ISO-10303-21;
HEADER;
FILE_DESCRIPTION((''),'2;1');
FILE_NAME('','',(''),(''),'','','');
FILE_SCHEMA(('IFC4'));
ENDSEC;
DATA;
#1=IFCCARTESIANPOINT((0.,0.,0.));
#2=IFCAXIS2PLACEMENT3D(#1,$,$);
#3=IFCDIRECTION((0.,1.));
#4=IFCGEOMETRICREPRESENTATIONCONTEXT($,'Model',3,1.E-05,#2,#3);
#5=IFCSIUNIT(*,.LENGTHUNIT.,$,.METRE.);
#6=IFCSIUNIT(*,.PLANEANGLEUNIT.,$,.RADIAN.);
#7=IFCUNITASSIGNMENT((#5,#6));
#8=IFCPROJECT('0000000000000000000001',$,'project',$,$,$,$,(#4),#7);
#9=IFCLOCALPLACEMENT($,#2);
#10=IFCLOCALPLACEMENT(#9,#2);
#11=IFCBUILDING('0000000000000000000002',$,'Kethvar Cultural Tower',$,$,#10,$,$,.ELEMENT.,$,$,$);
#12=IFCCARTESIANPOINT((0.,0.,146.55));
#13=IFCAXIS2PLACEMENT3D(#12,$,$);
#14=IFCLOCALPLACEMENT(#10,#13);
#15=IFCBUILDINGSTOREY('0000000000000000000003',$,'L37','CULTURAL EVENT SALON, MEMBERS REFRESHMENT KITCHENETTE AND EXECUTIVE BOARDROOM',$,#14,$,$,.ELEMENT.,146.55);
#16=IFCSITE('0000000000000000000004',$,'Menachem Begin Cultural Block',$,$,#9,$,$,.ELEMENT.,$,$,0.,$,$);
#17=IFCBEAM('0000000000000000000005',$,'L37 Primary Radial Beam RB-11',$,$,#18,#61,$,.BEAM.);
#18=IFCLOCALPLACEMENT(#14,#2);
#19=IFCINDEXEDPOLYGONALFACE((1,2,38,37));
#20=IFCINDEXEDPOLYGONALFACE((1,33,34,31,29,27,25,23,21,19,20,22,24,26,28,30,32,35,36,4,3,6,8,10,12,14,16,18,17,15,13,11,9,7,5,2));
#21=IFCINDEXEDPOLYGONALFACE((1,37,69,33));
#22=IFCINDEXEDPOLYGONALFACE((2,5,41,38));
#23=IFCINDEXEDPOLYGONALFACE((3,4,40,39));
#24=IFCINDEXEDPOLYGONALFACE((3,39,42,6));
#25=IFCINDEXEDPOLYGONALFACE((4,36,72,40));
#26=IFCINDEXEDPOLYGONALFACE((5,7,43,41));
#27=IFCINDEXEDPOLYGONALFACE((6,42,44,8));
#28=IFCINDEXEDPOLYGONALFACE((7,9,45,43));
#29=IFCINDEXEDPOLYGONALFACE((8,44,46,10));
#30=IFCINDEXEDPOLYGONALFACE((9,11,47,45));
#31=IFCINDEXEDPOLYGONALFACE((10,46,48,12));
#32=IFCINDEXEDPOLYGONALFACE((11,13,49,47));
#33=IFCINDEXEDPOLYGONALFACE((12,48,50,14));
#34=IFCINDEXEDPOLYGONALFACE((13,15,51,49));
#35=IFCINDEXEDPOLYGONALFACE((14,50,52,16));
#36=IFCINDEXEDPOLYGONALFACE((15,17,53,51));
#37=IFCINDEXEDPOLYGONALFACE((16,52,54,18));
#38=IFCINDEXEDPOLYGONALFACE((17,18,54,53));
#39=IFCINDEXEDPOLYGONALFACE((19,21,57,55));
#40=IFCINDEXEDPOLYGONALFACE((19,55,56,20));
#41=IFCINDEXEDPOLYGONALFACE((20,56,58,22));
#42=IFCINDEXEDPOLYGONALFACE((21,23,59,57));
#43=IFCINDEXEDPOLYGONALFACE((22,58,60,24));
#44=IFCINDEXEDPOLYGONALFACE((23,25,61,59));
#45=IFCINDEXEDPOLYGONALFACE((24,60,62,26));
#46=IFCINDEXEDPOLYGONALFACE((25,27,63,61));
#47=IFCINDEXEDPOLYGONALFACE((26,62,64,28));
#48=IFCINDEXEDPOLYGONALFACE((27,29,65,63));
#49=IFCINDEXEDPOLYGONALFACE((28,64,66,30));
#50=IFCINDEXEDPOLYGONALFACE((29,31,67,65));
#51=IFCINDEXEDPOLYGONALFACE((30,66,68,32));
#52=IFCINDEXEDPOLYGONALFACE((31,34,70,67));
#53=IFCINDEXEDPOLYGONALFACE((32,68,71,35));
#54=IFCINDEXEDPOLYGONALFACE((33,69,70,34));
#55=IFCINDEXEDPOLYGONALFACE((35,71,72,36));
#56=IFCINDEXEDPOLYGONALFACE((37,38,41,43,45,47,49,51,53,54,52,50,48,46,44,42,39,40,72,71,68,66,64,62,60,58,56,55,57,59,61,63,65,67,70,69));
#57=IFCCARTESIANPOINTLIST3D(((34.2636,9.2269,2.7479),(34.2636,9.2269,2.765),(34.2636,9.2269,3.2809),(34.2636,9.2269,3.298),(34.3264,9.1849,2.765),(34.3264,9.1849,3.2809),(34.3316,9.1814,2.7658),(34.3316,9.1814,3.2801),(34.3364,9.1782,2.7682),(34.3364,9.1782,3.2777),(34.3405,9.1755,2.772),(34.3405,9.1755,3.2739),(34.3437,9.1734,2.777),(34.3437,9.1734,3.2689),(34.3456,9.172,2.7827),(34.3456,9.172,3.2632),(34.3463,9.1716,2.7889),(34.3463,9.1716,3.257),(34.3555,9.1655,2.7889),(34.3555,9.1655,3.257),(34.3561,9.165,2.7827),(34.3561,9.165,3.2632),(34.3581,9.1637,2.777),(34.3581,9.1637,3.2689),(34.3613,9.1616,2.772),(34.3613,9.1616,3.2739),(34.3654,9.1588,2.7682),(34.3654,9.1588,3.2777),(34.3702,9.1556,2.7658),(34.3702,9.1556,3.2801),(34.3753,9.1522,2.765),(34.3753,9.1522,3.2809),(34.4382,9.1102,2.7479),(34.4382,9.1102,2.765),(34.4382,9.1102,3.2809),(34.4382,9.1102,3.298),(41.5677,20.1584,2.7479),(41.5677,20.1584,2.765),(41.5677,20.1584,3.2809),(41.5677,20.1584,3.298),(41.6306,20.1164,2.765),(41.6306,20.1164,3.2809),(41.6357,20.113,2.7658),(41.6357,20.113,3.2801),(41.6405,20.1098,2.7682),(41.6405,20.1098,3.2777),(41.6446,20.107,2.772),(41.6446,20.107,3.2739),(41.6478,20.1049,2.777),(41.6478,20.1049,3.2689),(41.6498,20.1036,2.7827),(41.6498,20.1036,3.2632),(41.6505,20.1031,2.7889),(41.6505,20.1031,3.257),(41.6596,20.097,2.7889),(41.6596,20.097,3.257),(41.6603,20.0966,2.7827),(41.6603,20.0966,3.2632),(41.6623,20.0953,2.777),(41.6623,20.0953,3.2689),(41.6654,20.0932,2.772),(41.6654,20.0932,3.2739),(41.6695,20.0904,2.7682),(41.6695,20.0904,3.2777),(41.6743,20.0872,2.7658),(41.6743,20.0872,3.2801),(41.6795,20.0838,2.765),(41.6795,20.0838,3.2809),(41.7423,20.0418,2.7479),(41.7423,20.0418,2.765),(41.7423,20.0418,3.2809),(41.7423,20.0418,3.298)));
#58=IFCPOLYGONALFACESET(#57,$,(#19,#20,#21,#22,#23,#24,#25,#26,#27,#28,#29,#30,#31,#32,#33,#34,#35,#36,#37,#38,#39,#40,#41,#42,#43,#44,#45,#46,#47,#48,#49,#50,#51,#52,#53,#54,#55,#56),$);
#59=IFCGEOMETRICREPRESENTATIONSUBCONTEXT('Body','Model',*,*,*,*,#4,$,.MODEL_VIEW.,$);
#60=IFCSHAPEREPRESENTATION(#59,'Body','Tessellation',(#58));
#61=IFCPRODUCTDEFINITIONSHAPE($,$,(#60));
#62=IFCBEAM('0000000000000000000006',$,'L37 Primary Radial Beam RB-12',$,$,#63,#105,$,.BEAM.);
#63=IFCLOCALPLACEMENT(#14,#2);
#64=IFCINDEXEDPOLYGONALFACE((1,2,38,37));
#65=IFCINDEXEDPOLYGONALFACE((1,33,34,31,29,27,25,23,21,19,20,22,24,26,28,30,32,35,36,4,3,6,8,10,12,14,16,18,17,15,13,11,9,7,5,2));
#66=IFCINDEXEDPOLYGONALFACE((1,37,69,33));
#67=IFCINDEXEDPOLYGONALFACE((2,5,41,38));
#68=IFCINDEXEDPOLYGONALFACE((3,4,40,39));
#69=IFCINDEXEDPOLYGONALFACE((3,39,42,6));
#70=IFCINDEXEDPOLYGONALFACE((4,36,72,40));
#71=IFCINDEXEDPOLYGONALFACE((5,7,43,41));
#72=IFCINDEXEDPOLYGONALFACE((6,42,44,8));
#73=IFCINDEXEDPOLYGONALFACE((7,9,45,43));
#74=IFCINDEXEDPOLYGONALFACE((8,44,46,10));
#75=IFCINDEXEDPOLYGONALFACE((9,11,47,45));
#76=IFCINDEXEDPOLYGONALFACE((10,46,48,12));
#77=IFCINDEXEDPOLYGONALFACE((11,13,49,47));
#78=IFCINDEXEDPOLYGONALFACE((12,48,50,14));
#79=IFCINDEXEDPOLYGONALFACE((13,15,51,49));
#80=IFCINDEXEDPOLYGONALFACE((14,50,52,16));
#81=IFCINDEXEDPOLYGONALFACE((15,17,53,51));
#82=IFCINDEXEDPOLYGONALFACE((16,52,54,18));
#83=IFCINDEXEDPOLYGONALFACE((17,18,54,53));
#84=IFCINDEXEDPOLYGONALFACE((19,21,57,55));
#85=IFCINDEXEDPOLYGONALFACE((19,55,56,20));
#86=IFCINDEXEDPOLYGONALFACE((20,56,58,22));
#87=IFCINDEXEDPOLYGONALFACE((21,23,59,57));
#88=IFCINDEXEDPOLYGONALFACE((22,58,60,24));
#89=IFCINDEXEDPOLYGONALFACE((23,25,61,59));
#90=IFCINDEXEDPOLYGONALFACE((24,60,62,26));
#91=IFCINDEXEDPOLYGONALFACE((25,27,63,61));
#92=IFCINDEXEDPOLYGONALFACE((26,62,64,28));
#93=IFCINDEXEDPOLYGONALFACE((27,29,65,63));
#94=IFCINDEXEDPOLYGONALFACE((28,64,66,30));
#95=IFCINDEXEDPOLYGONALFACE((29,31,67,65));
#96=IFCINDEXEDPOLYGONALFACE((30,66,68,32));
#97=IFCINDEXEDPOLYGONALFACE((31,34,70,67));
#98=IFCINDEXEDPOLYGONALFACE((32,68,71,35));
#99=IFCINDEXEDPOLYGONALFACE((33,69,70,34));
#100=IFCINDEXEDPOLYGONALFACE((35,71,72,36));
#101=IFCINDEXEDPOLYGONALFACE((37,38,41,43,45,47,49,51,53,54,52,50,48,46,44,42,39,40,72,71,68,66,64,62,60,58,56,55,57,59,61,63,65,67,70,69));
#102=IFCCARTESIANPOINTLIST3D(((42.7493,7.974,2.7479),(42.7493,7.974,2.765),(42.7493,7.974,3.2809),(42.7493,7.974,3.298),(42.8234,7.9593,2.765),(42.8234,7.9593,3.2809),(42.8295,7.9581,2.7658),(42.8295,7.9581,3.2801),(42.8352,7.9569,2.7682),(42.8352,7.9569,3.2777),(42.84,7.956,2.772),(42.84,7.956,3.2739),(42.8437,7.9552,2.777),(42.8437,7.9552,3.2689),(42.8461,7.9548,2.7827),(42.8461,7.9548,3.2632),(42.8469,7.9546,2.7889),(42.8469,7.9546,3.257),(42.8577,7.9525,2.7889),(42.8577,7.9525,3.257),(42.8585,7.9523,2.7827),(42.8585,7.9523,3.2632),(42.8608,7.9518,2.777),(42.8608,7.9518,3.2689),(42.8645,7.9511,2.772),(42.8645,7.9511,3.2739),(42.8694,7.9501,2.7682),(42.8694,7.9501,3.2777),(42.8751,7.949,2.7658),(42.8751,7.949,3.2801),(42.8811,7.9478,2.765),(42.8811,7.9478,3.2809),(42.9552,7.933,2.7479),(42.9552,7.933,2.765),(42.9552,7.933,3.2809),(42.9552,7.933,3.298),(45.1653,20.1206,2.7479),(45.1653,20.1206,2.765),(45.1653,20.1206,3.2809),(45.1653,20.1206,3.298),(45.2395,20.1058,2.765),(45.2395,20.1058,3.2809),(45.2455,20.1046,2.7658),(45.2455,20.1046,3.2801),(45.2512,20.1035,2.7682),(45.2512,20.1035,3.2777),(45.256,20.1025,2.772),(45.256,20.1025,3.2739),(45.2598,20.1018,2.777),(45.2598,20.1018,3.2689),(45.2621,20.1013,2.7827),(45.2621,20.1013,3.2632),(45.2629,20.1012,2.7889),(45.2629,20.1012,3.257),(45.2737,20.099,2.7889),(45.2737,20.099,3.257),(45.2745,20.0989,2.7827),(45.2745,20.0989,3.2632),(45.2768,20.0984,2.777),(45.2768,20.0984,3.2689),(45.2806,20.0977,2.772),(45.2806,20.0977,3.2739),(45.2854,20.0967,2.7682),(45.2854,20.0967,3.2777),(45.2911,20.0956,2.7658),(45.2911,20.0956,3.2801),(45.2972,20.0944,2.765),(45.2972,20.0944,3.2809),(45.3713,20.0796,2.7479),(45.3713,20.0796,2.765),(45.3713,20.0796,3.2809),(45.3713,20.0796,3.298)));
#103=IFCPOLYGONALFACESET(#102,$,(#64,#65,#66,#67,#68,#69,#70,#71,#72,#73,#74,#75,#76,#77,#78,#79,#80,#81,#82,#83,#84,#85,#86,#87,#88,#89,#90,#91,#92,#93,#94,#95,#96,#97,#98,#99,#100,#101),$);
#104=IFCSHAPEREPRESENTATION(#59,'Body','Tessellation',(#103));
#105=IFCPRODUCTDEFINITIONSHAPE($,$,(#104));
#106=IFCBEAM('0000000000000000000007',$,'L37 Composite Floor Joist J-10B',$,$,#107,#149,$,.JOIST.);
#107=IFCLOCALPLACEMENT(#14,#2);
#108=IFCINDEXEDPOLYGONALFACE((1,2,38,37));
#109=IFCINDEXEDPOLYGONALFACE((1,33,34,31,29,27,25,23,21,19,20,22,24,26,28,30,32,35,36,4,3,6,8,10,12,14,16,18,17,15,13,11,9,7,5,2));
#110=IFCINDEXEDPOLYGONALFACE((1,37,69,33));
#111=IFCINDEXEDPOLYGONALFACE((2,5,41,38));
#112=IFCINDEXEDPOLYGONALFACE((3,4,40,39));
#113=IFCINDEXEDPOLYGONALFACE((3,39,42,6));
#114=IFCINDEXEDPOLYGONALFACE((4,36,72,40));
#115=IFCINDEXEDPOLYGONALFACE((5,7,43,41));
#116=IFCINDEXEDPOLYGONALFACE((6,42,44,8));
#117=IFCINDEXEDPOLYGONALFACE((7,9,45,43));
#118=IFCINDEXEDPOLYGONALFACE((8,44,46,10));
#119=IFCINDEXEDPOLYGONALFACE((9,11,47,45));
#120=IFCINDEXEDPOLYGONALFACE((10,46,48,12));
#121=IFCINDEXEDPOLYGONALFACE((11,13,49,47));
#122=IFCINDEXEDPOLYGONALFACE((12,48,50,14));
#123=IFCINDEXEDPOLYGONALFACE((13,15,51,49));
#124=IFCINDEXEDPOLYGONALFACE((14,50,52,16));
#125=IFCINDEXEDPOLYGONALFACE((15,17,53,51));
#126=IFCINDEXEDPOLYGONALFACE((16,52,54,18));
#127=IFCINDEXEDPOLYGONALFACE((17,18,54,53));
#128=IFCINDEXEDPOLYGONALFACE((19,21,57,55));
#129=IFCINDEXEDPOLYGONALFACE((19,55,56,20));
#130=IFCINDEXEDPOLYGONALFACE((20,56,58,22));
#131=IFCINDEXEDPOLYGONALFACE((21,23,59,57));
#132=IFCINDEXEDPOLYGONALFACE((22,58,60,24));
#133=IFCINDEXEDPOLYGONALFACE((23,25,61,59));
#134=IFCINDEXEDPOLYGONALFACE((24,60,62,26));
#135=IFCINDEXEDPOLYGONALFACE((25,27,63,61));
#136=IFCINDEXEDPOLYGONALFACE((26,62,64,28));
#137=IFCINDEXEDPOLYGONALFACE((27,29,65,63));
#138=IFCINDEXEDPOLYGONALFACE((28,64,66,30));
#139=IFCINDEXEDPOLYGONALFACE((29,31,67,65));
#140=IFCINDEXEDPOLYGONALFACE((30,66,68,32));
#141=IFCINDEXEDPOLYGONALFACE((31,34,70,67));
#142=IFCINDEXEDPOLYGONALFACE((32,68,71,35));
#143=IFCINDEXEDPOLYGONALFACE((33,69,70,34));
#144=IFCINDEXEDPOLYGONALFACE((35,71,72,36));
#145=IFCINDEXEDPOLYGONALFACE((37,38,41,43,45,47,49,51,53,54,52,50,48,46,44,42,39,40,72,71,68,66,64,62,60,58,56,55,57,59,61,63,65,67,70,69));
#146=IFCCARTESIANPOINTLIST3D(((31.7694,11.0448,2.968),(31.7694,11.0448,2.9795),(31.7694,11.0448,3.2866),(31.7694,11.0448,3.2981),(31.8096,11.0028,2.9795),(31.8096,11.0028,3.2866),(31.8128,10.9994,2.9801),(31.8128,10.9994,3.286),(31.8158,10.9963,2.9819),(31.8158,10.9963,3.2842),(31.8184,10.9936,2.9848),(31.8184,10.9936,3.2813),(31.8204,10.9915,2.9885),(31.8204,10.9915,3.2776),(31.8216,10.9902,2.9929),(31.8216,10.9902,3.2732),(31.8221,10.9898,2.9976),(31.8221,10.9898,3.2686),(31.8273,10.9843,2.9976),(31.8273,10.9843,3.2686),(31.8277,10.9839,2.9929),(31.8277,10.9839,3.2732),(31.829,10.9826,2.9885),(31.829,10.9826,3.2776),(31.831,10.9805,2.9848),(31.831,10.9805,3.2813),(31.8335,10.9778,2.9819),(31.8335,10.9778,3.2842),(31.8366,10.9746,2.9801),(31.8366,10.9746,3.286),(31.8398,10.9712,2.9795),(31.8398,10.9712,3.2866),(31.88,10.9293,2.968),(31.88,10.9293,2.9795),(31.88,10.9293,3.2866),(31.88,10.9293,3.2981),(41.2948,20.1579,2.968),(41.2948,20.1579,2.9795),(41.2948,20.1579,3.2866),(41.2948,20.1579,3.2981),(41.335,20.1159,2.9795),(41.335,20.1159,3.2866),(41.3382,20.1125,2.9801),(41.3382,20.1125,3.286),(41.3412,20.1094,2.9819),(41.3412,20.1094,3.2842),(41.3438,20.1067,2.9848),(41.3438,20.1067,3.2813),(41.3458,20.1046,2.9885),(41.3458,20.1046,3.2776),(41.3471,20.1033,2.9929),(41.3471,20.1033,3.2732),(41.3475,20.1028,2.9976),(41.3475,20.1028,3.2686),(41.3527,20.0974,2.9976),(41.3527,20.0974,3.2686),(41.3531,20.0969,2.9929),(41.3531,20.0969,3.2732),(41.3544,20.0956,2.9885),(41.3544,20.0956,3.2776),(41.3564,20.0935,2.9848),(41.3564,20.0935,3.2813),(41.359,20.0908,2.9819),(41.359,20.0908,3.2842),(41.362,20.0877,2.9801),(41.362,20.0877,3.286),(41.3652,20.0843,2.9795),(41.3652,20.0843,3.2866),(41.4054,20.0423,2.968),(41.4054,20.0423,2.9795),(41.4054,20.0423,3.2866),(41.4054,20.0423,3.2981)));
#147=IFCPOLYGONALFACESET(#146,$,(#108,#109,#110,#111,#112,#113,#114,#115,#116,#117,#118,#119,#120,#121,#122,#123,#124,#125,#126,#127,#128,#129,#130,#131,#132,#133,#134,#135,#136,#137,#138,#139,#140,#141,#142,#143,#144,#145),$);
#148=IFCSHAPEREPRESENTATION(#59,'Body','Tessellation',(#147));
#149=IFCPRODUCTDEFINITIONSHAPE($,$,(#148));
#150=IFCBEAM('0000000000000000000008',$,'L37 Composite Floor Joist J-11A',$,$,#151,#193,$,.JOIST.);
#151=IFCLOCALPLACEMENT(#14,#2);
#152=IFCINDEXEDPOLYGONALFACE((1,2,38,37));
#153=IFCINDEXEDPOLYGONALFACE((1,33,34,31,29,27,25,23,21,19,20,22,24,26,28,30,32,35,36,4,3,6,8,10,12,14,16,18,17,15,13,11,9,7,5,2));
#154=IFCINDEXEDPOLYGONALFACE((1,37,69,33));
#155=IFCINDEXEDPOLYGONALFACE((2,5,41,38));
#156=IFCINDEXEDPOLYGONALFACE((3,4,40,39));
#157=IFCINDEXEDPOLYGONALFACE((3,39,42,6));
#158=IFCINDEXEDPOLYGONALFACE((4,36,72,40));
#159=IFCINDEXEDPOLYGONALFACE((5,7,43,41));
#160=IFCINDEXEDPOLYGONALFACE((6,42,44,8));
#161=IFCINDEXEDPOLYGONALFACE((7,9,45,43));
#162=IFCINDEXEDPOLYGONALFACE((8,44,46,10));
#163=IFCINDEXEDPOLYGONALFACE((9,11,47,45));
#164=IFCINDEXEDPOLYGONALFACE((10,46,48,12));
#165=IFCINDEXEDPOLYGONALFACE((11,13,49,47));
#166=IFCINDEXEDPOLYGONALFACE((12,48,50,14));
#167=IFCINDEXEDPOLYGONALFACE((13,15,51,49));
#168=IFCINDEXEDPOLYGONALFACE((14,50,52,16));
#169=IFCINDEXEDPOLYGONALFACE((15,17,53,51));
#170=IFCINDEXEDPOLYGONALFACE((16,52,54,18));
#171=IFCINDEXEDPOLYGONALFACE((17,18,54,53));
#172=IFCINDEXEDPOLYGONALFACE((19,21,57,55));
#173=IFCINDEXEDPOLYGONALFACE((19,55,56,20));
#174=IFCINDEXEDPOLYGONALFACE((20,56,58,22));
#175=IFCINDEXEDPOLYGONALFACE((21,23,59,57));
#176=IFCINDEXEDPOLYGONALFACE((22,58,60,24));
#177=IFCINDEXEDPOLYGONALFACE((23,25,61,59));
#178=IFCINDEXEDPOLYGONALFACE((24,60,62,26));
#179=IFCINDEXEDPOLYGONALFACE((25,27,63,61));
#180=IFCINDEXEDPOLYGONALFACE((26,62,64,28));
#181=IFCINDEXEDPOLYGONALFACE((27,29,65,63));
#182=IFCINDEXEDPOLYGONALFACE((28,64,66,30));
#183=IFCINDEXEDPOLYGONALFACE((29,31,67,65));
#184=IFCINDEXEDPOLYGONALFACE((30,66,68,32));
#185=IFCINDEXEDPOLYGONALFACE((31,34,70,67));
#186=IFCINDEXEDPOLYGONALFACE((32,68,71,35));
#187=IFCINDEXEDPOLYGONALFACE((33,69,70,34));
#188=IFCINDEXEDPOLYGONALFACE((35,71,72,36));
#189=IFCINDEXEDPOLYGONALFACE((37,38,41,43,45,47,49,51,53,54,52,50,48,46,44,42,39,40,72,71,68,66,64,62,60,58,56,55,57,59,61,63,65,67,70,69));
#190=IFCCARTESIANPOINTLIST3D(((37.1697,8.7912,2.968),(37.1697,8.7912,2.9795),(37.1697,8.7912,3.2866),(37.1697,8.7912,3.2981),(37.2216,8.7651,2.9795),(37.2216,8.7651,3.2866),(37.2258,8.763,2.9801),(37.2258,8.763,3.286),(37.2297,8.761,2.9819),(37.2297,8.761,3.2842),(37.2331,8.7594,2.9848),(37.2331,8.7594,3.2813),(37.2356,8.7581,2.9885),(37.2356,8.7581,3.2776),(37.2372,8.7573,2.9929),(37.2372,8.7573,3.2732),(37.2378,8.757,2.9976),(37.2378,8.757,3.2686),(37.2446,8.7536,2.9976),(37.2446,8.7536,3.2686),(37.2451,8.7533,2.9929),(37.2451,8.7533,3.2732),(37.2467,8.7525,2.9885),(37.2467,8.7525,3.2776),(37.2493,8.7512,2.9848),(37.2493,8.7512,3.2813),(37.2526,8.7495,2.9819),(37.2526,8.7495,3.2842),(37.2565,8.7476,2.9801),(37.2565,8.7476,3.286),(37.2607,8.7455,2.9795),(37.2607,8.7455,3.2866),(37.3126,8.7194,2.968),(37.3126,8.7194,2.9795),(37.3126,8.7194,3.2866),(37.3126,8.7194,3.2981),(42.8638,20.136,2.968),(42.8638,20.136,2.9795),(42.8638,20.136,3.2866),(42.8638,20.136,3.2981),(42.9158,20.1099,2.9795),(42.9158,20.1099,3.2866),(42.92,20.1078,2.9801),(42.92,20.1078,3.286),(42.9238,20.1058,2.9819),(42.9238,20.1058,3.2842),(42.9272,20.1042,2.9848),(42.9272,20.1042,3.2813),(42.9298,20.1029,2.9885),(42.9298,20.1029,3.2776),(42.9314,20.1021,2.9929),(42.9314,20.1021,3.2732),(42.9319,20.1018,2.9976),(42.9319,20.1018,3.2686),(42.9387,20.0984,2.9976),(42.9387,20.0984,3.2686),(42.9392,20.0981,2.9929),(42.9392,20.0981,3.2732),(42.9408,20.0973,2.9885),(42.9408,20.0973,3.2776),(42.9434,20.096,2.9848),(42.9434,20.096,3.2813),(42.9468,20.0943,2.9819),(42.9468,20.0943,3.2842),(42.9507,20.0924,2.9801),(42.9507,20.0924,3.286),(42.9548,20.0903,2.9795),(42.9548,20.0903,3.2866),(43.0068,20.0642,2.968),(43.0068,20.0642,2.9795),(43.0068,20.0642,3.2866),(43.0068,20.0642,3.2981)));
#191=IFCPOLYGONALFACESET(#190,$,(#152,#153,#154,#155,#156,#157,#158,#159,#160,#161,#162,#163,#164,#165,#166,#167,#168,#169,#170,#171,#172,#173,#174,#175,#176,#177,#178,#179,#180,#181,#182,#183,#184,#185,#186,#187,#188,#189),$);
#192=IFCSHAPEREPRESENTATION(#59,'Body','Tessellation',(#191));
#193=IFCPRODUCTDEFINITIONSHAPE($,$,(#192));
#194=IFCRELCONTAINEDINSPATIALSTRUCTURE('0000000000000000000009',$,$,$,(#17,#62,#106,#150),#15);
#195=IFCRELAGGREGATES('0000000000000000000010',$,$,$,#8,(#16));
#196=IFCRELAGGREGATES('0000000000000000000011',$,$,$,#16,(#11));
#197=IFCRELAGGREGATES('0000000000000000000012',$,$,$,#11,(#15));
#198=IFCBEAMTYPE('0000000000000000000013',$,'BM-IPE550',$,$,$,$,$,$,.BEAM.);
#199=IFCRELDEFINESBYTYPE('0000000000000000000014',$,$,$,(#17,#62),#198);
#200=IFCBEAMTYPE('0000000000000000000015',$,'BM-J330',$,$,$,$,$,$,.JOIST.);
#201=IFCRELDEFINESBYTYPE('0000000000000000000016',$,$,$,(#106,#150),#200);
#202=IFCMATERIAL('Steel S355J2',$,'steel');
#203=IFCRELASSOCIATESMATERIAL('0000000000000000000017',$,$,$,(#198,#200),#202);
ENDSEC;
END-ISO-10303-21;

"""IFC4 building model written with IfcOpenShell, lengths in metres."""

from ifc_helpers import new_model, si_unit, direction, frame, origin, origin_2d, place, context, subcontext, project, spatial, i_section, extrude, source, transform, mapped, material, material_profile, profile_set, type_object, element, save


model = new_model("IFC4")

# Units and contexts
model_context = context("Model", 3, precision=1e-05, world=origin(), true_north=direction((0.0, 1.0)))
body_context = subcontext(model_context, "Body", "Model", "MODEL_VIEW")
ifc_project = project(units=[si_unit("LENGTHUNIT", "METRE"), si_unit("PLANEANGLEUNIT", "RADIAN")], contexts=[model_context])

# Site, building, storey
site_placement = place(None, origin())
site = spatial("IfcSite", under=ifc_project, at=site_placement, Name="Menachem Begin Cultural Block", CompositionType="ELEMENT", RefElevation=0.0)
building_placement = place(site_placement, origin())
building = spatial("IfcBuilding", under=site, at=building_placement, Name="Kethvar Cultural Tower", CompositionType="ELEMENT")
storey_placement = place(building_placement, frame((0.0, 0.0, 146.55)))
storey = spatial("IfcBuildingStorey", under=building, at=storey_placement, Name="L37", Description="CULTURAL EVENT SALON, MEMBERS REFRESHMENT KITCHENETTE AND EXECUTIVE BOARDROOM", CompositionType="ELEMENT", Elevation=146.55)

# Beams
ifc_material_1 = material(Name="Steel S355J2", Category="steel")
ifc_material_profile_1 = material_profile(ifc_material_1, i_section(OverallWidth=0.21, OverallDepth=0.55, WebThickness=0.011, FlangeThickness=0.0171, FilletRadius=0.0239, at=origin_2d()), Name="Steel S355J2 — IPE550")
ifc_profile_set_1 = profile_set([ifc_material_profile_1], Name="Steel S355J2 — IPE550")
beam_type_1 = type_object("IfcBeamType", Name="BM-IPE550", PredefinedType="BEAM", material=ifc_profile_set_1)
shared_shape_1 = source(origin(), body_context, "Body", "SweptSolid", [
    extrude(i_section(OverallWidth=0.21, OverallDepth=0.55, WebThickness=0.011, FlangeThickness=0.0171, FilletRadius=0.0239, at=origin_2d()), origin(), (0.0, 0.0, 1.0), 13.1472),
])
beam_1_placement = place(storey_placement, frame((41.655, 20.1001, 3.0229), z_axis=(-0.555566, -0.831473, 0.0), x_axis=(0.831473, -0.555566, 0.0)))
element("IfcBeam", 1, at=beam_1_placement, inside=storey, type_object=beam_type_1, Name="L37 Primary Radial Beam RB-11", PredefinedType="BEAM", context=body_context, shape_type="MappedRepresentation", body=[
    mapped(shared_shape_1, transform((0.0, 0.0, 0.0), scale=1.0)),
])
shared_shape_2 = source(origin(), body_context, "Body", "SweptSolid", [
    extrude(i_section(OverallWidth=0.21, OverallDepth=0.55, WebThickness=0.011, FlangeThickness=0.0171, FilletRadius=0.0239, at=origin_2d()), origin(), (0.0, 0.0, 1.0), 12.3845),
])
beam_2_placement = place(storey_placement, frame((45.2683, 20.1001, 3.0229), z_axis=(-0.195085, -0.980786, 0.0), x_axis=(0.980786, -0.195085, 0.0)))
element("IfcBeam", 2, at=beam_2_placement, inside=storey, type_object=beam_type_1, Name="L37 Primary Radial Beam RB-12", PredefinedType="BEAM", context=body_context, shape_type="MappedRepresentation", body=[
    mapped(shared_shape_2, transform((0.0, 0.0, 0.0), scale=1.0)),
])
ifc_material_profile_2 = material_profile(ifc_material_1, i_section(OverallWidth=0.1599, OverallDepth=0.3301, WebThickness=0.0076, FlangeThickness=0.0115, FilletRadius=0.0181, at=origin_2d()), Name="Steel S355J2 — IPE330")
ifc_profile_set_2 = profile_set([ifc_material_profile_2], Name="Steel S355J2 — IPE330")
beam_type_2 = type_object("IfcBeamType", Name="BM-J330", PredefinedType="JOIST", material=ifc_profile_set_2)
shared_shape_3 = source(origin(), body_context, "Body", "SweptSolid", [
    extrude(i_section(OverallWidth=0.1599, OverallDepth=0.3301, WebThickness=0.0076, FlangeThickness=0.0115, FilletRadius=0.0181, at=origin_2d()), origin(), (0.0, 0.0, 1.0), 13.1826),
])
beam_3_placement = place(storey_placement, frame((41.3501, 20.1001, 3.1331), z_axis=(-0.722574, -0.691294, 0.0), x_axis=(0.691294, -0.722574, 0.0)))
element("IfcBeam", 3, at=beam_3_placement, inside=storey, type_object=beam_type_2, Name="L37 Composite Floor Joist J-10B", PredefinedType="JOIST", context=body_context, shape_type="MappedRepresentation", body=[
    mapped(shared_shape_3, transform((0.0, 0.0, 0.0), scale=1.0)),
])
shared_shape_4 = source(origin(), body_context, "Body", "SweptSolid", [
    extrude(i_section(OverallWidth=0.1599, OverallDepth=0.3301, WebThickness=0.0076, FlangeThickness=0.0115, FilletRadius=0.0181, at=origin_2d()), origin(), (0.0, 0.0, 1.0), 12.6936),
])
beam_4_placement = place(storey_placement, frame((42.9353, 20.1001, 3.1331), z_axis=(-0.448582, -0.893741, 0.0), x_axis=(0.893741, -0.448582, 0.0)))
element("IfcBeam", 4, at=beam_4_placement, inside=storey, type_object=beam_type_2, Name="L37 Composite Floor Joist J-11A", PredefinedType="JOIST", context=body_context, shape_type="MappedRepresentation", body=[
    mapped(shared_shape_4, transform((0.0, 0.0, 0.0), scale=1.0)),
])

save(model, "model.ifc")
